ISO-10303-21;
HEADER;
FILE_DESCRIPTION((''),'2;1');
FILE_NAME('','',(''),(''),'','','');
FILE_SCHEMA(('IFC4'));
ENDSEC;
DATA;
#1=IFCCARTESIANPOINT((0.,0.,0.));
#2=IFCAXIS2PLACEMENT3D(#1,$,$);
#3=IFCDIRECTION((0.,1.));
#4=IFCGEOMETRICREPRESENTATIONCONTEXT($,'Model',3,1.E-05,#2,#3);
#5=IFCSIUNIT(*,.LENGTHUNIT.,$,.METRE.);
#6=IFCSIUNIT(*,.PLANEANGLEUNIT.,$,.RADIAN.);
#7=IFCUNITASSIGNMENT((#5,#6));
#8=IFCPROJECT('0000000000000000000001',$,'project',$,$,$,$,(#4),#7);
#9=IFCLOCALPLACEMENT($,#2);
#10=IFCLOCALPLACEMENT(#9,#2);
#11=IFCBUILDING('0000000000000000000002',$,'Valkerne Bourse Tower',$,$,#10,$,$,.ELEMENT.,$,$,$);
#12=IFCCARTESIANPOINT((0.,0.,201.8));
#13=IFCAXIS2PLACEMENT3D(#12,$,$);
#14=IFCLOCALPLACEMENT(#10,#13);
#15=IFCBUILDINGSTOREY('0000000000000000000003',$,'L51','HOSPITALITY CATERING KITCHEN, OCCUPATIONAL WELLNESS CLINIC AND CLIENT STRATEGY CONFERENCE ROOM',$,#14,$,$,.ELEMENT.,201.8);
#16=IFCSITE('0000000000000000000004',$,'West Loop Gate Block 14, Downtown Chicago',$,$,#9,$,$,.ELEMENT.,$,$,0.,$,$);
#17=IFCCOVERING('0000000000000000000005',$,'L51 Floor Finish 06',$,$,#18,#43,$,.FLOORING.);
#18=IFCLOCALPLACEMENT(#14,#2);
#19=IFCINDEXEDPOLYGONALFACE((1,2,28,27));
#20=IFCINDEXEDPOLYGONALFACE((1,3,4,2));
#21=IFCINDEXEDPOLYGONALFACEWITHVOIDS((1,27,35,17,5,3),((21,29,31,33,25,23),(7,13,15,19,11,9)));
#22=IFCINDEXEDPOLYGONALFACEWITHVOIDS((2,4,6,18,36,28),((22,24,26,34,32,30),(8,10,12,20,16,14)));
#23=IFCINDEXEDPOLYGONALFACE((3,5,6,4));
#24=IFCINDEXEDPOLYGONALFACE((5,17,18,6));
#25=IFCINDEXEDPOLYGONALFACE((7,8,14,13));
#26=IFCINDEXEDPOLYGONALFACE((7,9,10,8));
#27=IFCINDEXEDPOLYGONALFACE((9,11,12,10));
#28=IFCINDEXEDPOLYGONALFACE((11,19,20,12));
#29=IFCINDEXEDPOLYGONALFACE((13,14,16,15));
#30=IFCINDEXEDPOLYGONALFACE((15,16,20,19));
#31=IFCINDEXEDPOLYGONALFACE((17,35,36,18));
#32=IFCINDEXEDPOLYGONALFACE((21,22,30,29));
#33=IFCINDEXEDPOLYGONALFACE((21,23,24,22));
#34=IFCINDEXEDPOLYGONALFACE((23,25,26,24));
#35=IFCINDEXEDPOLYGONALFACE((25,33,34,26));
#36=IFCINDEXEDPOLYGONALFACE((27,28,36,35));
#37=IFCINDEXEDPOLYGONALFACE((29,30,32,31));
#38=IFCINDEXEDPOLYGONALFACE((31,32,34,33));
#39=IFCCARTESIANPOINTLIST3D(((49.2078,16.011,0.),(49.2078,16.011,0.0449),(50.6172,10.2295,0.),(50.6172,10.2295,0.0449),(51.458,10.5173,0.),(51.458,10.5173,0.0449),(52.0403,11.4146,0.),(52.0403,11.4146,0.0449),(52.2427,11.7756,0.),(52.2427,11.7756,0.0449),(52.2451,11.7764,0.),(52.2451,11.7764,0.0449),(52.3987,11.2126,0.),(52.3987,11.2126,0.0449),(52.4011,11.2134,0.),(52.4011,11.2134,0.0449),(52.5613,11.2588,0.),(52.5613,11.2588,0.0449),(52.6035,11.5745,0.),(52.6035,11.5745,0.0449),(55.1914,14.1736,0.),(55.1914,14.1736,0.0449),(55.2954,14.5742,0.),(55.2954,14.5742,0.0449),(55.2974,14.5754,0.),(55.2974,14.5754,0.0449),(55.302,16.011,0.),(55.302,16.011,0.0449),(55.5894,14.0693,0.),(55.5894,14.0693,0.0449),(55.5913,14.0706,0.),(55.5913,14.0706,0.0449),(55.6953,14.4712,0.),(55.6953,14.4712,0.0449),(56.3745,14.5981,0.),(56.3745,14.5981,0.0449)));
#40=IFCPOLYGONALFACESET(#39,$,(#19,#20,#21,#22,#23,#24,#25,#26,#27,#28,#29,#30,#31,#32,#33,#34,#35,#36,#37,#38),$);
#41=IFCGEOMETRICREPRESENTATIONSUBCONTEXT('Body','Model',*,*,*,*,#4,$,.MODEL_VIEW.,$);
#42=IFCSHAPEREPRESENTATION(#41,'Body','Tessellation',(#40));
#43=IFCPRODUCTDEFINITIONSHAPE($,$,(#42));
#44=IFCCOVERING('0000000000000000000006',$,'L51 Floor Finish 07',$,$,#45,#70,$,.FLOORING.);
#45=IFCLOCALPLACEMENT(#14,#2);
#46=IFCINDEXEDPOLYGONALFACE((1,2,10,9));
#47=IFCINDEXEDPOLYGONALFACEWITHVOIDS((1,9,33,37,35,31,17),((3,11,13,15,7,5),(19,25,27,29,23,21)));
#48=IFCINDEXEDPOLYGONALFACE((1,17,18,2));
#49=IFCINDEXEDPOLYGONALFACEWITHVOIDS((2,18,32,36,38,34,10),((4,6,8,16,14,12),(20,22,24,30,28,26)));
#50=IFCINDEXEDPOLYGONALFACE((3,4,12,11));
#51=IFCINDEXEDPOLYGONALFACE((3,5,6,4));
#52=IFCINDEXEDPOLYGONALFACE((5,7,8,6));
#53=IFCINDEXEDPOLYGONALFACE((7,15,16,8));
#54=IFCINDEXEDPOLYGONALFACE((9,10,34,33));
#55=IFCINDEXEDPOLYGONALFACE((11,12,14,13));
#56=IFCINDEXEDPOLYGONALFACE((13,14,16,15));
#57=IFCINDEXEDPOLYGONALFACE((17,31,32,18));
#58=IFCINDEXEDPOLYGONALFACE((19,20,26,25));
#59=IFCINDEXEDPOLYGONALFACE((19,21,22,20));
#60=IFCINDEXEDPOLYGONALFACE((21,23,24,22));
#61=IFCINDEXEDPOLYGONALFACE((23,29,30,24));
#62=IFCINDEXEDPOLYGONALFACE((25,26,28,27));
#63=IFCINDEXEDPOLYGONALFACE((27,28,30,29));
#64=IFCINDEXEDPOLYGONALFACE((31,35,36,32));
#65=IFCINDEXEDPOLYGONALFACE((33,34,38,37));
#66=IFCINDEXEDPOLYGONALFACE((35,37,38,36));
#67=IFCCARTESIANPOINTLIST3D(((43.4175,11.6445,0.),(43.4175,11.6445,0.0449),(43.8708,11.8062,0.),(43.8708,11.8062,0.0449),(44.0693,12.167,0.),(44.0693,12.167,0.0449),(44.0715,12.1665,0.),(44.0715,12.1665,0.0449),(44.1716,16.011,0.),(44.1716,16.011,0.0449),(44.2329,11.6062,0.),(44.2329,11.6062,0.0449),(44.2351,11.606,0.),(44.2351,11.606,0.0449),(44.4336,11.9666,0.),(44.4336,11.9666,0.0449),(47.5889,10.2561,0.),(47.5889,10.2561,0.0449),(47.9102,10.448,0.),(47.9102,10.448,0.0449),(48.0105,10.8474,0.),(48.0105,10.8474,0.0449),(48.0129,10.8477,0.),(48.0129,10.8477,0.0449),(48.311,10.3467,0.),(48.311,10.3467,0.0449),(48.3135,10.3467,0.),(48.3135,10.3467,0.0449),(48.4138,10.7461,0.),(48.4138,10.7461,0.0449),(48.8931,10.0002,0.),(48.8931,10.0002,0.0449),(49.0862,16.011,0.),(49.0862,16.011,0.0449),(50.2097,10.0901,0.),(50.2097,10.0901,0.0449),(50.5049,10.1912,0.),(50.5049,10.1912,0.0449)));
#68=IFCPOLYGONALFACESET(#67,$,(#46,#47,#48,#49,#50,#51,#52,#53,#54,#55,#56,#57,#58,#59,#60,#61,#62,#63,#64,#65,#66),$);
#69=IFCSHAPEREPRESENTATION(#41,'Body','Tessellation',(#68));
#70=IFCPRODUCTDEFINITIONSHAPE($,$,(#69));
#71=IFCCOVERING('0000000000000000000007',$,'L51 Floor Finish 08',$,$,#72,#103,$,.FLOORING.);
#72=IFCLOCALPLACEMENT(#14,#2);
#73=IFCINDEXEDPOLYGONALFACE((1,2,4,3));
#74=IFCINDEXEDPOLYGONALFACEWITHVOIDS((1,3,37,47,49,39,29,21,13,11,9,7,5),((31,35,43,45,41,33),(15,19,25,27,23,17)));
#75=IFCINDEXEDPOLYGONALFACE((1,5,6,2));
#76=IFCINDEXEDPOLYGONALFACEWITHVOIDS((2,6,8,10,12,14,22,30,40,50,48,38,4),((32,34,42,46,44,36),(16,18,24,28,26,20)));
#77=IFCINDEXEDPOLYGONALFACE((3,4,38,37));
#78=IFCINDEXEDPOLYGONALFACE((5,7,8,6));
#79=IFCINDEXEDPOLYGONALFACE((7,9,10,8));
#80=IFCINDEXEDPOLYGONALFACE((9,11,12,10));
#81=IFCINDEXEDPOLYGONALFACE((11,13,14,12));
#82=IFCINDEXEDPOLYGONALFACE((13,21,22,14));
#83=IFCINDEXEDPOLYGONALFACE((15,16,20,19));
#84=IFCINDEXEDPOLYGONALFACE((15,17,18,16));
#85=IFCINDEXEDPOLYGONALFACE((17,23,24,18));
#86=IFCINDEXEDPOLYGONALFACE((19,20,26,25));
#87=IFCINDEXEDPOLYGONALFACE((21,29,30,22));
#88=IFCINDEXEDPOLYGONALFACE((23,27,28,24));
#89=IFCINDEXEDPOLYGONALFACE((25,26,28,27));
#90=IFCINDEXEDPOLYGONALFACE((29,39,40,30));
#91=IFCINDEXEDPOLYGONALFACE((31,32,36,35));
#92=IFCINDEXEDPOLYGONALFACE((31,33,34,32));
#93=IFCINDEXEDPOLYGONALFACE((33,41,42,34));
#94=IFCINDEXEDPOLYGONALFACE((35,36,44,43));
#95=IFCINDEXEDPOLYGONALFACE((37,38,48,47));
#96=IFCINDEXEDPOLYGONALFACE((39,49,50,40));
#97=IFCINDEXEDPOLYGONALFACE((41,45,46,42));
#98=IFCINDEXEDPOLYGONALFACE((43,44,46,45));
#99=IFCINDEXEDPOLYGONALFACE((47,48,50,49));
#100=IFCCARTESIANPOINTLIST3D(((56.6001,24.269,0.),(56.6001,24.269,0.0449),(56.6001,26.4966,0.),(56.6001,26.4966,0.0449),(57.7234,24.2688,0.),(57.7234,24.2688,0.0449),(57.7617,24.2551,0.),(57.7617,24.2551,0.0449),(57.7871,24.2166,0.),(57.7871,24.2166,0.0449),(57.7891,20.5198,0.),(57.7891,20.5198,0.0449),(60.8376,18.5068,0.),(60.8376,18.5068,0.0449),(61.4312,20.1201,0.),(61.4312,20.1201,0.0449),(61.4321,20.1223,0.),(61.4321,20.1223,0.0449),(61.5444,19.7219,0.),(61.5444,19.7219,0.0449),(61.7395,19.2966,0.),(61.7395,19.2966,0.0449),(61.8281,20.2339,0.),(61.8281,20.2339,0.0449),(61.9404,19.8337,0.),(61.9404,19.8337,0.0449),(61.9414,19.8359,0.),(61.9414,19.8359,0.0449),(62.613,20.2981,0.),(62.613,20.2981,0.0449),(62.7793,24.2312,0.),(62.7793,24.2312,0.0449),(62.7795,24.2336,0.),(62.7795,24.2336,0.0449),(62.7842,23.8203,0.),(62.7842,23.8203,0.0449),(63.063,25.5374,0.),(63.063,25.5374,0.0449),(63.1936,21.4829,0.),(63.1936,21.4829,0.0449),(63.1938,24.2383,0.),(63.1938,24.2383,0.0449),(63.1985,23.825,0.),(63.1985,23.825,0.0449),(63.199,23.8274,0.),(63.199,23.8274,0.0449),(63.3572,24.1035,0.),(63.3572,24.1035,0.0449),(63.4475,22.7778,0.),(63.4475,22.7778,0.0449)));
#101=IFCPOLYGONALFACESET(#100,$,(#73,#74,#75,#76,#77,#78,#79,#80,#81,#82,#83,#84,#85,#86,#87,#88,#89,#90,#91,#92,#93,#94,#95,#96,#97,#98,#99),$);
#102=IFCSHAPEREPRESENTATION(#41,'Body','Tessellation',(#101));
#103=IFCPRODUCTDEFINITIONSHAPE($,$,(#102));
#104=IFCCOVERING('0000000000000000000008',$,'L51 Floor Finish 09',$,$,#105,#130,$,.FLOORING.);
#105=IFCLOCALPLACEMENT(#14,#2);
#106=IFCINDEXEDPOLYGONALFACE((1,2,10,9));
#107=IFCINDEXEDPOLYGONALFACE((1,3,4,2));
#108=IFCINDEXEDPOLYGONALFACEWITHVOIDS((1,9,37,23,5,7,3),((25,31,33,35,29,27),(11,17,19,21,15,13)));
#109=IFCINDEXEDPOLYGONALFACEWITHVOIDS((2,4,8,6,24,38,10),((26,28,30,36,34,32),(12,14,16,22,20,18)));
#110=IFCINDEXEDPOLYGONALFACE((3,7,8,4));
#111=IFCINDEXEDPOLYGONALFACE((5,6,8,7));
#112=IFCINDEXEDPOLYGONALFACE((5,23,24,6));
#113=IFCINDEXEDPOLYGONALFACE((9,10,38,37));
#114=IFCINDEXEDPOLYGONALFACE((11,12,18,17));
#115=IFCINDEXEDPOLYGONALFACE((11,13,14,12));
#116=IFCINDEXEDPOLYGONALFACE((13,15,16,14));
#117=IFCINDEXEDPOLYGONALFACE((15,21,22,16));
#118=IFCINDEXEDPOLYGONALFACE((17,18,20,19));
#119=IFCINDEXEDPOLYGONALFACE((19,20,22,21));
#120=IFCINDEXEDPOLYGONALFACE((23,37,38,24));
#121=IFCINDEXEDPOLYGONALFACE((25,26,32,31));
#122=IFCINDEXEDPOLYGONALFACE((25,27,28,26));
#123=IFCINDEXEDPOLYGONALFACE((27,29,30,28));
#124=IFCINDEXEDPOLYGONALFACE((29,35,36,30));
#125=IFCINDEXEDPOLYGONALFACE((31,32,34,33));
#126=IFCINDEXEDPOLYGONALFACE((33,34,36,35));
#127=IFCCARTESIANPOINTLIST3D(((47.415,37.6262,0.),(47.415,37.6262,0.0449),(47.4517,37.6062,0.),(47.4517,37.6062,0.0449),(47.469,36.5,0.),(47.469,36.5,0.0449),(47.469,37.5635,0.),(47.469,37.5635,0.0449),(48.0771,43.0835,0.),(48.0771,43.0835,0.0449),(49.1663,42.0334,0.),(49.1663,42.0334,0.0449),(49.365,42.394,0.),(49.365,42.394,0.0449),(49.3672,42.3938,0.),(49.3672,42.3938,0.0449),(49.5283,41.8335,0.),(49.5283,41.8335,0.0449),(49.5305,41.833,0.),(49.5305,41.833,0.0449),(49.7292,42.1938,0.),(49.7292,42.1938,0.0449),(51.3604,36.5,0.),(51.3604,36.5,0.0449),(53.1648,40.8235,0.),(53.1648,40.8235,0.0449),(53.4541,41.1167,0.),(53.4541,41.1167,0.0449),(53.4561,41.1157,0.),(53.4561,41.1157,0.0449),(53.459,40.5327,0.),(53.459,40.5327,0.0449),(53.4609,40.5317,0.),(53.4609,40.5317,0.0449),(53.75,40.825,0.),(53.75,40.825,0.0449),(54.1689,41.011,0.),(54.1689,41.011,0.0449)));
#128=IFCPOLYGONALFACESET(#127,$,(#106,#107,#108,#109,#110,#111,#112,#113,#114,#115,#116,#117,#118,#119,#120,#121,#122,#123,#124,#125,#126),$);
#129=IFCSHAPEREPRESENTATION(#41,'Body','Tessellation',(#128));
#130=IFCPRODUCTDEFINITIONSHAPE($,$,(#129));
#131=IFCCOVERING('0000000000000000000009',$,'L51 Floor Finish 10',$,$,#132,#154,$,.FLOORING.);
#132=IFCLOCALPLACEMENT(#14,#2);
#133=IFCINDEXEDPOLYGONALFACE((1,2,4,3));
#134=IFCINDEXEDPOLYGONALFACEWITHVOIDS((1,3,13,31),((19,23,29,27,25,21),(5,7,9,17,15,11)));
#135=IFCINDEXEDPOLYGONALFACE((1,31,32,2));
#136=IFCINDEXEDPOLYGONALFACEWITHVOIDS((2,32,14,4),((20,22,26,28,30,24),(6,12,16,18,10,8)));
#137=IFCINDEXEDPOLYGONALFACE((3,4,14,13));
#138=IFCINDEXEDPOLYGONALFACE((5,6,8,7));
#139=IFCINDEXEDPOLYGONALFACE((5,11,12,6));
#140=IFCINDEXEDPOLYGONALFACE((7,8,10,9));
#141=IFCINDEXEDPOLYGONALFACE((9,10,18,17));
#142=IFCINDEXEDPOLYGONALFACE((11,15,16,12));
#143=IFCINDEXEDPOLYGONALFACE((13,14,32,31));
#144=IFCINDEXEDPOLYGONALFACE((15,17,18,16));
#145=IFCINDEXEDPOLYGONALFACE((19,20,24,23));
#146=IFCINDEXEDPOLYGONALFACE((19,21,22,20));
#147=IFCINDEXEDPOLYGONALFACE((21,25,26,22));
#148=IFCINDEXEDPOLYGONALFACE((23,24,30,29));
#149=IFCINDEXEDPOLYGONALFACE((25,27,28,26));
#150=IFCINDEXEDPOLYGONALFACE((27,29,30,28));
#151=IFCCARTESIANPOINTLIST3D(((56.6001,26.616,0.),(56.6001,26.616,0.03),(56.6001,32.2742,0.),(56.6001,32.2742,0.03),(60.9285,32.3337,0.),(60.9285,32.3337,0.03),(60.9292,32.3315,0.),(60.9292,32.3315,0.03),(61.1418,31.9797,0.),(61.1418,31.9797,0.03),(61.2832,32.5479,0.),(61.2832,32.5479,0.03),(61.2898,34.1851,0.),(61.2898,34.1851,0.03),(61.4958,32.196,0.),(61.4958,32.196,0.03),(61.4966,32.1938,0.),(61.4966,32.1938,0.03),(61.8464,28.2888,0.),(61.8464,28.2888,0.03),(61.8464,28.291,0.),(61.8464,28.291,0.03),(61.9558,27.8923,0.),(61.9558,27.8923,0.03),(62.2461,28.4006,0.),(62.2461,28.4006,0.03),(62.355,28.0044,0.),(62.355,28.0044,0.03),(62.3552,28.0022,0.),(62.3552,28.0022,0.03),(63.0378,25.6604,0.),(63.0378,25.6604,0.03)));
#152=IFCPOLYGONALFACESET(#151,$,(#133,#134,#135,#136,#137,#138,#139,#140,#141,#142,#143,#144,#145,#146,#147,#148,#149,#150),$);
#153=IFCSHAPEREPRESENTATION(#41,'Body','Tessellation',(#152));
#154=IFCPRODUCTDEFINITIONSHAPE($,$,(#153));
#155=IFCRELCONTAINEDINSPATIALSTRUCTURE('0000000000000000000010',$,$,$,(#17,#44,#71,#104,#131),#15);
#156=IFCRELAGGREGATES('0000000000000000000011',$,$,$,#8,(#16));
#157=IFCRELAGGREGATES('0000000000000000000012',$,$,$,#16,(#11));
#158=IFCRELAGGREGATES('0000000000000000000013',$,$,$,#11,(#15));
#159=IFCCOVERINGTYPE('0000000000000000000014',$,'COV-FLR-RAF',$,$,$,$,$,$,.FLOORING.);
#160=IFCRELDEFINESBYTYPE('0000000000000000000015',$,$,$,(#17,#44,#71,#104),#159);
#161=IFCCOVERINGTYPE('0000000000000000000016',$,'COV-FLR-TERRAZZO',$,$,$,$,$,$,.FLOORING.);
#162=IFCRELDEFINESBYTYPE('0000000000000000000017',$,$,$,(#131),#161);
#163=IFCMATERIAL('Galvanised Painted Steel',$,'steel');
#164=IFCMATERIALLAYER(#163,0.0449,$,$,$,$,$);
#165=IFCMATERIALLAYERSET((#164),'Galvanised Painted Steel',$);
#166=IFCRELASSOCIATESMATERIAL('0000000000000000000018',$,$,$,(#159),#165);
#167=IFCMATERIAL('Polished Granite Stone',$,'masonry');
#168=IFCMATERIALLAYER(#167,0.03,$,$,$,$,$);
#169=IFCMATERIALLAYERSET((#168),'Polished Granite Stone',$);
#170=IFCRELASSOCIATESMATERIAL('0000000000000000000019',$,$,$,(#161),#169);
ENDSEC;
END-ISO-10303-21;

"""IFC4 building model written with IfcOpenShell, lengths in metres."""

from ifc_helpers import new_model, si_unit, direction, frame, origin, place, context, subcontext, project, spatial, polyline, outline, extrude, material, layer, layer_set, type_object, element, save


model = new_model("IFC4")

# Units and contexts
model_context = context("Model", 3, precision=1e-05, world=origin(), true_north=direction((0.0, 1.0)))
body_context = subcontext(model_context, "Body", "Model", "MODEL_VIEW")
ifc_project = project(units=[si_unit("LENGTHUNIT", "METRE"), si_unit("PLANEANGLEUNIT", "RADIAN")], contexts=[model_context])

# Site, building, storey
site_placement = place(None, origin())
site = spatial("IfcSite", under=ifc_project, at=site_placement, Name="West Loop Gate Block 14, Downtown Chicago", CompositionType="ELEMENT", RefElevation=0.0)
building_placement = place(site_placement, origin())
building = spatial("IfcBuilding", under=site, at=building_placement, Name="Valkerne Bourse Tower", CompositionType="ELEMENT")
storey_placement = place(building_placement, frame((0.0, 0.0, 201.8)))
storey = spatial("IfcBuildingStorey", under=building, at=storey_placement, Name="L51", Description="HOSPITALITY CATERING KITCHEN, OCCUPATIONAL WELLNESS CLINIC AND CLIENT STRATEGY CONFERENCE ROOM", CompositionType="ELEMENT", Elevation=201.8)

# Coverings
ifc_material_1 = material(Name="Galvanised Painted Steel", Category="steel")
ifc_layer_1 = layer(ifc_material_1, 0.0449)
ifc_layer_set_1 = layer_set([ifc_layer_1], Name="Galvanised Painted Steel")
covering_type_1 = type_object("IfcCoveringType", Name="COV-FLR-RAF", PredefinedType="FLOORING", material=ifc_layer_set_1)
covering_1_placement = place(storey_placement, origin())
element("IfcCovering", 1, at=covering_1_placement, inside=storey, type_object=covering_type_1, Name="L51 Floor Finish 06", PredefinedType="FLOORING", context=body_context, shape_type="SweptSolid", body=[
    extrude(outline(polyline([(50.6172, 10.2295), (49.2078, 16.011), (55.302, 16.011), (56.3745, 14.5981), (52.5613, 11.2588), (51.458, 10.5173), (50.6172, 10.2295)]), holes=[polyline([(52.6035, 11.5745), (52.2451, 11.7764), (52.2427, 11.7756), (52.0403, 11.4146), (52.3987, 11.2126), (52.4011, 11.2134), (52.6035, 11.5745)]), polyline([(55.6953, 14.4712), (55.2974, 14.5754), (55.2954, 14.5742), (55.1914, 14.1736), (55.5894, 14.0693), (55.5913, 14.0706), (55.6953, 14.4712)])]), origin(), (0.0, 0.0, 1.0), 0.0449),
])
covering_2_placement = place(storey_placement, origin())
element("IfcCovering", 2, at=covering_2_placement, inside=storey, type_object=covering_type_1, Name="L51 Floor Finish 07", PredefinedType="FLOORING", context=body_context, shape_type="SweptSolid", body=[
    extrude(outline(polyline([(47.5889, 10.2561), (43.4175, 11.6445), (44.1716, 16.011), (49.0862, 16.011), (50.5049, 10.1912), (50.2097, 10.0901), (48.8931, 10.0002), (47.5889, 10.2561)]), holes=[polyline([(44.0715, 12.1665), (44.0693, 12.167), (43.8708, 11.8062), (44.2329, 11.6062), (44.2351, 11.606), (44.4336, 11.9666), (44.0715, 12.1665)]), polyline([(48.4138, 10.7461), (48.0129, 10.8477), (48.0105, 10.8474), (47.9102, 10.448), (48.311, 10.3467), (48.3135, 10.3467), (48.4138, 10.7461)])]), origin(), (0.0, 0.0, 1.0), 0.0449),
])
covering_3_placement = place(storey_placement, origin())
element("IfcCovering", 3, at=covering_3_placement, inside=storey, type_object=covering_type_1, Name="L51 Floor Finish 08", PredefinedType="FLOORING", context=body_context, shape_type="SweptSolid", body=[
    extrude(outline(polyline([(62.613, 20.2981), (61.7395, 19.2966), (60.8376, 18.5068), (57.7891, 20.5198), (57.7871, 24.2166), (57.7617, 24.2551), (57.7234, 24.2688), (56.6001, 24.269), (56.6001, 26.4966), (63.063, 25.5374), (63.3572, 24.1035), (63.4475, 22.7778), (63.1936, 21.4829), (62.613, 20.2981)]), holes=[polyline([(61.9414, 19.8359), (61.8281, 20.2339), (61.4321, 20.1223), (61.4312, 20.1201), (61.5444, 19.7219), (61.9404, 19.8337), (61.9414, 19.8359)]), polyline([(63.199, 23.8274), (63.1938, 24.2383), (62.7795, 24.2336), (62.7793, 24.2312), (62.7842, 23.8203), (63.1985, 23.825), (63.199, 23.8274)])]), origin(), (0.0, 0.0, 1.0), 0.0449),
])
covering_4_placement = place(storey_placement, origin())
element("IfcCovering", 4, at=covering_4_placement, inside=storey, type_object=covering_type_1, Name="L51 Floor Finish 09", PredefinedType="FLOORING", context=body_context, shape_type="SweptSolid", body=[
    extrude(outline(polyline([(47.469, 37.5635), (47.4517, 37.6062), (47.415, 37.6262), (48.0771, 43.0835), (54.1689, 41.011), (51.3604, 36.5), (47.469, 36.5), (47.469, 37.5635)]), holes=[polyline([(53.4561, 41.1157), (53.4541, 41.1167), (53.1648, 40.8235), (53.459, 40.5327), (53.4609, 40.5317), (53.75, 40.825), (53.4561, 41.1157)]), polyline([(49.7292, 42.1938), (49.3672, 42.3938), (49.365, 42.394), (49.1663, 42.0334), (49.5283, 41.8335), (49.5305, 41.833), (49.7292, 42.1938)])]), origin(), (0.0, 0.0, 1.0), 0.0449),
])
ifc_material_2 = material(Name="Polished Granite Stone", Category="masonry")
ifc_layer_2 = layer(ifc_material_2, 0.03)
ifc_layer_set_2 = layer_set([ifc_layer_2], Name="Polished Granite Stone")
covering_type_2 = type_object("IfcCoveringType", Name="COV-FLR-TERRAZZO", PredefinedType="FLOORING", material=ifc_layer_set_2)
covering_5_placement = place(storey_placement, origin())
element("IfcCovering", 5, at=covering_5_placement, inside=storey, type_object=covering_type_2, Name="L51 Floor Finish 10", PredefinedType="FLOORING", context=body_context, shape_type="SweptSolid", body=[
    extrude(outline(polyline([(61.2898, 34.1851), (63.0378, 25.6604), (56.6001, 26.616), (56.6001, 32.2742), (61.2898, 34.1851)]), holes=[polyline([(62.355, 28.0044), (62.2461, 28.4006), (61.8464, 28.291), (61.8464, 28.2888), (61.9558, 27.8923), (62.3552, 28.0022), (62.355, 28.0044)]), polyline([(61.4958, 32.196), (61.2832, 32.5479), (60.9285, 32.3337), (60.9292, 32.3315), (61.1418, 31.9797), (61.4966, 32.1938), (61.4958, 32.196)])]), origin(), (0.0, 0.0, 1.0), 0.03),
])

save(model, "model.ifc")
